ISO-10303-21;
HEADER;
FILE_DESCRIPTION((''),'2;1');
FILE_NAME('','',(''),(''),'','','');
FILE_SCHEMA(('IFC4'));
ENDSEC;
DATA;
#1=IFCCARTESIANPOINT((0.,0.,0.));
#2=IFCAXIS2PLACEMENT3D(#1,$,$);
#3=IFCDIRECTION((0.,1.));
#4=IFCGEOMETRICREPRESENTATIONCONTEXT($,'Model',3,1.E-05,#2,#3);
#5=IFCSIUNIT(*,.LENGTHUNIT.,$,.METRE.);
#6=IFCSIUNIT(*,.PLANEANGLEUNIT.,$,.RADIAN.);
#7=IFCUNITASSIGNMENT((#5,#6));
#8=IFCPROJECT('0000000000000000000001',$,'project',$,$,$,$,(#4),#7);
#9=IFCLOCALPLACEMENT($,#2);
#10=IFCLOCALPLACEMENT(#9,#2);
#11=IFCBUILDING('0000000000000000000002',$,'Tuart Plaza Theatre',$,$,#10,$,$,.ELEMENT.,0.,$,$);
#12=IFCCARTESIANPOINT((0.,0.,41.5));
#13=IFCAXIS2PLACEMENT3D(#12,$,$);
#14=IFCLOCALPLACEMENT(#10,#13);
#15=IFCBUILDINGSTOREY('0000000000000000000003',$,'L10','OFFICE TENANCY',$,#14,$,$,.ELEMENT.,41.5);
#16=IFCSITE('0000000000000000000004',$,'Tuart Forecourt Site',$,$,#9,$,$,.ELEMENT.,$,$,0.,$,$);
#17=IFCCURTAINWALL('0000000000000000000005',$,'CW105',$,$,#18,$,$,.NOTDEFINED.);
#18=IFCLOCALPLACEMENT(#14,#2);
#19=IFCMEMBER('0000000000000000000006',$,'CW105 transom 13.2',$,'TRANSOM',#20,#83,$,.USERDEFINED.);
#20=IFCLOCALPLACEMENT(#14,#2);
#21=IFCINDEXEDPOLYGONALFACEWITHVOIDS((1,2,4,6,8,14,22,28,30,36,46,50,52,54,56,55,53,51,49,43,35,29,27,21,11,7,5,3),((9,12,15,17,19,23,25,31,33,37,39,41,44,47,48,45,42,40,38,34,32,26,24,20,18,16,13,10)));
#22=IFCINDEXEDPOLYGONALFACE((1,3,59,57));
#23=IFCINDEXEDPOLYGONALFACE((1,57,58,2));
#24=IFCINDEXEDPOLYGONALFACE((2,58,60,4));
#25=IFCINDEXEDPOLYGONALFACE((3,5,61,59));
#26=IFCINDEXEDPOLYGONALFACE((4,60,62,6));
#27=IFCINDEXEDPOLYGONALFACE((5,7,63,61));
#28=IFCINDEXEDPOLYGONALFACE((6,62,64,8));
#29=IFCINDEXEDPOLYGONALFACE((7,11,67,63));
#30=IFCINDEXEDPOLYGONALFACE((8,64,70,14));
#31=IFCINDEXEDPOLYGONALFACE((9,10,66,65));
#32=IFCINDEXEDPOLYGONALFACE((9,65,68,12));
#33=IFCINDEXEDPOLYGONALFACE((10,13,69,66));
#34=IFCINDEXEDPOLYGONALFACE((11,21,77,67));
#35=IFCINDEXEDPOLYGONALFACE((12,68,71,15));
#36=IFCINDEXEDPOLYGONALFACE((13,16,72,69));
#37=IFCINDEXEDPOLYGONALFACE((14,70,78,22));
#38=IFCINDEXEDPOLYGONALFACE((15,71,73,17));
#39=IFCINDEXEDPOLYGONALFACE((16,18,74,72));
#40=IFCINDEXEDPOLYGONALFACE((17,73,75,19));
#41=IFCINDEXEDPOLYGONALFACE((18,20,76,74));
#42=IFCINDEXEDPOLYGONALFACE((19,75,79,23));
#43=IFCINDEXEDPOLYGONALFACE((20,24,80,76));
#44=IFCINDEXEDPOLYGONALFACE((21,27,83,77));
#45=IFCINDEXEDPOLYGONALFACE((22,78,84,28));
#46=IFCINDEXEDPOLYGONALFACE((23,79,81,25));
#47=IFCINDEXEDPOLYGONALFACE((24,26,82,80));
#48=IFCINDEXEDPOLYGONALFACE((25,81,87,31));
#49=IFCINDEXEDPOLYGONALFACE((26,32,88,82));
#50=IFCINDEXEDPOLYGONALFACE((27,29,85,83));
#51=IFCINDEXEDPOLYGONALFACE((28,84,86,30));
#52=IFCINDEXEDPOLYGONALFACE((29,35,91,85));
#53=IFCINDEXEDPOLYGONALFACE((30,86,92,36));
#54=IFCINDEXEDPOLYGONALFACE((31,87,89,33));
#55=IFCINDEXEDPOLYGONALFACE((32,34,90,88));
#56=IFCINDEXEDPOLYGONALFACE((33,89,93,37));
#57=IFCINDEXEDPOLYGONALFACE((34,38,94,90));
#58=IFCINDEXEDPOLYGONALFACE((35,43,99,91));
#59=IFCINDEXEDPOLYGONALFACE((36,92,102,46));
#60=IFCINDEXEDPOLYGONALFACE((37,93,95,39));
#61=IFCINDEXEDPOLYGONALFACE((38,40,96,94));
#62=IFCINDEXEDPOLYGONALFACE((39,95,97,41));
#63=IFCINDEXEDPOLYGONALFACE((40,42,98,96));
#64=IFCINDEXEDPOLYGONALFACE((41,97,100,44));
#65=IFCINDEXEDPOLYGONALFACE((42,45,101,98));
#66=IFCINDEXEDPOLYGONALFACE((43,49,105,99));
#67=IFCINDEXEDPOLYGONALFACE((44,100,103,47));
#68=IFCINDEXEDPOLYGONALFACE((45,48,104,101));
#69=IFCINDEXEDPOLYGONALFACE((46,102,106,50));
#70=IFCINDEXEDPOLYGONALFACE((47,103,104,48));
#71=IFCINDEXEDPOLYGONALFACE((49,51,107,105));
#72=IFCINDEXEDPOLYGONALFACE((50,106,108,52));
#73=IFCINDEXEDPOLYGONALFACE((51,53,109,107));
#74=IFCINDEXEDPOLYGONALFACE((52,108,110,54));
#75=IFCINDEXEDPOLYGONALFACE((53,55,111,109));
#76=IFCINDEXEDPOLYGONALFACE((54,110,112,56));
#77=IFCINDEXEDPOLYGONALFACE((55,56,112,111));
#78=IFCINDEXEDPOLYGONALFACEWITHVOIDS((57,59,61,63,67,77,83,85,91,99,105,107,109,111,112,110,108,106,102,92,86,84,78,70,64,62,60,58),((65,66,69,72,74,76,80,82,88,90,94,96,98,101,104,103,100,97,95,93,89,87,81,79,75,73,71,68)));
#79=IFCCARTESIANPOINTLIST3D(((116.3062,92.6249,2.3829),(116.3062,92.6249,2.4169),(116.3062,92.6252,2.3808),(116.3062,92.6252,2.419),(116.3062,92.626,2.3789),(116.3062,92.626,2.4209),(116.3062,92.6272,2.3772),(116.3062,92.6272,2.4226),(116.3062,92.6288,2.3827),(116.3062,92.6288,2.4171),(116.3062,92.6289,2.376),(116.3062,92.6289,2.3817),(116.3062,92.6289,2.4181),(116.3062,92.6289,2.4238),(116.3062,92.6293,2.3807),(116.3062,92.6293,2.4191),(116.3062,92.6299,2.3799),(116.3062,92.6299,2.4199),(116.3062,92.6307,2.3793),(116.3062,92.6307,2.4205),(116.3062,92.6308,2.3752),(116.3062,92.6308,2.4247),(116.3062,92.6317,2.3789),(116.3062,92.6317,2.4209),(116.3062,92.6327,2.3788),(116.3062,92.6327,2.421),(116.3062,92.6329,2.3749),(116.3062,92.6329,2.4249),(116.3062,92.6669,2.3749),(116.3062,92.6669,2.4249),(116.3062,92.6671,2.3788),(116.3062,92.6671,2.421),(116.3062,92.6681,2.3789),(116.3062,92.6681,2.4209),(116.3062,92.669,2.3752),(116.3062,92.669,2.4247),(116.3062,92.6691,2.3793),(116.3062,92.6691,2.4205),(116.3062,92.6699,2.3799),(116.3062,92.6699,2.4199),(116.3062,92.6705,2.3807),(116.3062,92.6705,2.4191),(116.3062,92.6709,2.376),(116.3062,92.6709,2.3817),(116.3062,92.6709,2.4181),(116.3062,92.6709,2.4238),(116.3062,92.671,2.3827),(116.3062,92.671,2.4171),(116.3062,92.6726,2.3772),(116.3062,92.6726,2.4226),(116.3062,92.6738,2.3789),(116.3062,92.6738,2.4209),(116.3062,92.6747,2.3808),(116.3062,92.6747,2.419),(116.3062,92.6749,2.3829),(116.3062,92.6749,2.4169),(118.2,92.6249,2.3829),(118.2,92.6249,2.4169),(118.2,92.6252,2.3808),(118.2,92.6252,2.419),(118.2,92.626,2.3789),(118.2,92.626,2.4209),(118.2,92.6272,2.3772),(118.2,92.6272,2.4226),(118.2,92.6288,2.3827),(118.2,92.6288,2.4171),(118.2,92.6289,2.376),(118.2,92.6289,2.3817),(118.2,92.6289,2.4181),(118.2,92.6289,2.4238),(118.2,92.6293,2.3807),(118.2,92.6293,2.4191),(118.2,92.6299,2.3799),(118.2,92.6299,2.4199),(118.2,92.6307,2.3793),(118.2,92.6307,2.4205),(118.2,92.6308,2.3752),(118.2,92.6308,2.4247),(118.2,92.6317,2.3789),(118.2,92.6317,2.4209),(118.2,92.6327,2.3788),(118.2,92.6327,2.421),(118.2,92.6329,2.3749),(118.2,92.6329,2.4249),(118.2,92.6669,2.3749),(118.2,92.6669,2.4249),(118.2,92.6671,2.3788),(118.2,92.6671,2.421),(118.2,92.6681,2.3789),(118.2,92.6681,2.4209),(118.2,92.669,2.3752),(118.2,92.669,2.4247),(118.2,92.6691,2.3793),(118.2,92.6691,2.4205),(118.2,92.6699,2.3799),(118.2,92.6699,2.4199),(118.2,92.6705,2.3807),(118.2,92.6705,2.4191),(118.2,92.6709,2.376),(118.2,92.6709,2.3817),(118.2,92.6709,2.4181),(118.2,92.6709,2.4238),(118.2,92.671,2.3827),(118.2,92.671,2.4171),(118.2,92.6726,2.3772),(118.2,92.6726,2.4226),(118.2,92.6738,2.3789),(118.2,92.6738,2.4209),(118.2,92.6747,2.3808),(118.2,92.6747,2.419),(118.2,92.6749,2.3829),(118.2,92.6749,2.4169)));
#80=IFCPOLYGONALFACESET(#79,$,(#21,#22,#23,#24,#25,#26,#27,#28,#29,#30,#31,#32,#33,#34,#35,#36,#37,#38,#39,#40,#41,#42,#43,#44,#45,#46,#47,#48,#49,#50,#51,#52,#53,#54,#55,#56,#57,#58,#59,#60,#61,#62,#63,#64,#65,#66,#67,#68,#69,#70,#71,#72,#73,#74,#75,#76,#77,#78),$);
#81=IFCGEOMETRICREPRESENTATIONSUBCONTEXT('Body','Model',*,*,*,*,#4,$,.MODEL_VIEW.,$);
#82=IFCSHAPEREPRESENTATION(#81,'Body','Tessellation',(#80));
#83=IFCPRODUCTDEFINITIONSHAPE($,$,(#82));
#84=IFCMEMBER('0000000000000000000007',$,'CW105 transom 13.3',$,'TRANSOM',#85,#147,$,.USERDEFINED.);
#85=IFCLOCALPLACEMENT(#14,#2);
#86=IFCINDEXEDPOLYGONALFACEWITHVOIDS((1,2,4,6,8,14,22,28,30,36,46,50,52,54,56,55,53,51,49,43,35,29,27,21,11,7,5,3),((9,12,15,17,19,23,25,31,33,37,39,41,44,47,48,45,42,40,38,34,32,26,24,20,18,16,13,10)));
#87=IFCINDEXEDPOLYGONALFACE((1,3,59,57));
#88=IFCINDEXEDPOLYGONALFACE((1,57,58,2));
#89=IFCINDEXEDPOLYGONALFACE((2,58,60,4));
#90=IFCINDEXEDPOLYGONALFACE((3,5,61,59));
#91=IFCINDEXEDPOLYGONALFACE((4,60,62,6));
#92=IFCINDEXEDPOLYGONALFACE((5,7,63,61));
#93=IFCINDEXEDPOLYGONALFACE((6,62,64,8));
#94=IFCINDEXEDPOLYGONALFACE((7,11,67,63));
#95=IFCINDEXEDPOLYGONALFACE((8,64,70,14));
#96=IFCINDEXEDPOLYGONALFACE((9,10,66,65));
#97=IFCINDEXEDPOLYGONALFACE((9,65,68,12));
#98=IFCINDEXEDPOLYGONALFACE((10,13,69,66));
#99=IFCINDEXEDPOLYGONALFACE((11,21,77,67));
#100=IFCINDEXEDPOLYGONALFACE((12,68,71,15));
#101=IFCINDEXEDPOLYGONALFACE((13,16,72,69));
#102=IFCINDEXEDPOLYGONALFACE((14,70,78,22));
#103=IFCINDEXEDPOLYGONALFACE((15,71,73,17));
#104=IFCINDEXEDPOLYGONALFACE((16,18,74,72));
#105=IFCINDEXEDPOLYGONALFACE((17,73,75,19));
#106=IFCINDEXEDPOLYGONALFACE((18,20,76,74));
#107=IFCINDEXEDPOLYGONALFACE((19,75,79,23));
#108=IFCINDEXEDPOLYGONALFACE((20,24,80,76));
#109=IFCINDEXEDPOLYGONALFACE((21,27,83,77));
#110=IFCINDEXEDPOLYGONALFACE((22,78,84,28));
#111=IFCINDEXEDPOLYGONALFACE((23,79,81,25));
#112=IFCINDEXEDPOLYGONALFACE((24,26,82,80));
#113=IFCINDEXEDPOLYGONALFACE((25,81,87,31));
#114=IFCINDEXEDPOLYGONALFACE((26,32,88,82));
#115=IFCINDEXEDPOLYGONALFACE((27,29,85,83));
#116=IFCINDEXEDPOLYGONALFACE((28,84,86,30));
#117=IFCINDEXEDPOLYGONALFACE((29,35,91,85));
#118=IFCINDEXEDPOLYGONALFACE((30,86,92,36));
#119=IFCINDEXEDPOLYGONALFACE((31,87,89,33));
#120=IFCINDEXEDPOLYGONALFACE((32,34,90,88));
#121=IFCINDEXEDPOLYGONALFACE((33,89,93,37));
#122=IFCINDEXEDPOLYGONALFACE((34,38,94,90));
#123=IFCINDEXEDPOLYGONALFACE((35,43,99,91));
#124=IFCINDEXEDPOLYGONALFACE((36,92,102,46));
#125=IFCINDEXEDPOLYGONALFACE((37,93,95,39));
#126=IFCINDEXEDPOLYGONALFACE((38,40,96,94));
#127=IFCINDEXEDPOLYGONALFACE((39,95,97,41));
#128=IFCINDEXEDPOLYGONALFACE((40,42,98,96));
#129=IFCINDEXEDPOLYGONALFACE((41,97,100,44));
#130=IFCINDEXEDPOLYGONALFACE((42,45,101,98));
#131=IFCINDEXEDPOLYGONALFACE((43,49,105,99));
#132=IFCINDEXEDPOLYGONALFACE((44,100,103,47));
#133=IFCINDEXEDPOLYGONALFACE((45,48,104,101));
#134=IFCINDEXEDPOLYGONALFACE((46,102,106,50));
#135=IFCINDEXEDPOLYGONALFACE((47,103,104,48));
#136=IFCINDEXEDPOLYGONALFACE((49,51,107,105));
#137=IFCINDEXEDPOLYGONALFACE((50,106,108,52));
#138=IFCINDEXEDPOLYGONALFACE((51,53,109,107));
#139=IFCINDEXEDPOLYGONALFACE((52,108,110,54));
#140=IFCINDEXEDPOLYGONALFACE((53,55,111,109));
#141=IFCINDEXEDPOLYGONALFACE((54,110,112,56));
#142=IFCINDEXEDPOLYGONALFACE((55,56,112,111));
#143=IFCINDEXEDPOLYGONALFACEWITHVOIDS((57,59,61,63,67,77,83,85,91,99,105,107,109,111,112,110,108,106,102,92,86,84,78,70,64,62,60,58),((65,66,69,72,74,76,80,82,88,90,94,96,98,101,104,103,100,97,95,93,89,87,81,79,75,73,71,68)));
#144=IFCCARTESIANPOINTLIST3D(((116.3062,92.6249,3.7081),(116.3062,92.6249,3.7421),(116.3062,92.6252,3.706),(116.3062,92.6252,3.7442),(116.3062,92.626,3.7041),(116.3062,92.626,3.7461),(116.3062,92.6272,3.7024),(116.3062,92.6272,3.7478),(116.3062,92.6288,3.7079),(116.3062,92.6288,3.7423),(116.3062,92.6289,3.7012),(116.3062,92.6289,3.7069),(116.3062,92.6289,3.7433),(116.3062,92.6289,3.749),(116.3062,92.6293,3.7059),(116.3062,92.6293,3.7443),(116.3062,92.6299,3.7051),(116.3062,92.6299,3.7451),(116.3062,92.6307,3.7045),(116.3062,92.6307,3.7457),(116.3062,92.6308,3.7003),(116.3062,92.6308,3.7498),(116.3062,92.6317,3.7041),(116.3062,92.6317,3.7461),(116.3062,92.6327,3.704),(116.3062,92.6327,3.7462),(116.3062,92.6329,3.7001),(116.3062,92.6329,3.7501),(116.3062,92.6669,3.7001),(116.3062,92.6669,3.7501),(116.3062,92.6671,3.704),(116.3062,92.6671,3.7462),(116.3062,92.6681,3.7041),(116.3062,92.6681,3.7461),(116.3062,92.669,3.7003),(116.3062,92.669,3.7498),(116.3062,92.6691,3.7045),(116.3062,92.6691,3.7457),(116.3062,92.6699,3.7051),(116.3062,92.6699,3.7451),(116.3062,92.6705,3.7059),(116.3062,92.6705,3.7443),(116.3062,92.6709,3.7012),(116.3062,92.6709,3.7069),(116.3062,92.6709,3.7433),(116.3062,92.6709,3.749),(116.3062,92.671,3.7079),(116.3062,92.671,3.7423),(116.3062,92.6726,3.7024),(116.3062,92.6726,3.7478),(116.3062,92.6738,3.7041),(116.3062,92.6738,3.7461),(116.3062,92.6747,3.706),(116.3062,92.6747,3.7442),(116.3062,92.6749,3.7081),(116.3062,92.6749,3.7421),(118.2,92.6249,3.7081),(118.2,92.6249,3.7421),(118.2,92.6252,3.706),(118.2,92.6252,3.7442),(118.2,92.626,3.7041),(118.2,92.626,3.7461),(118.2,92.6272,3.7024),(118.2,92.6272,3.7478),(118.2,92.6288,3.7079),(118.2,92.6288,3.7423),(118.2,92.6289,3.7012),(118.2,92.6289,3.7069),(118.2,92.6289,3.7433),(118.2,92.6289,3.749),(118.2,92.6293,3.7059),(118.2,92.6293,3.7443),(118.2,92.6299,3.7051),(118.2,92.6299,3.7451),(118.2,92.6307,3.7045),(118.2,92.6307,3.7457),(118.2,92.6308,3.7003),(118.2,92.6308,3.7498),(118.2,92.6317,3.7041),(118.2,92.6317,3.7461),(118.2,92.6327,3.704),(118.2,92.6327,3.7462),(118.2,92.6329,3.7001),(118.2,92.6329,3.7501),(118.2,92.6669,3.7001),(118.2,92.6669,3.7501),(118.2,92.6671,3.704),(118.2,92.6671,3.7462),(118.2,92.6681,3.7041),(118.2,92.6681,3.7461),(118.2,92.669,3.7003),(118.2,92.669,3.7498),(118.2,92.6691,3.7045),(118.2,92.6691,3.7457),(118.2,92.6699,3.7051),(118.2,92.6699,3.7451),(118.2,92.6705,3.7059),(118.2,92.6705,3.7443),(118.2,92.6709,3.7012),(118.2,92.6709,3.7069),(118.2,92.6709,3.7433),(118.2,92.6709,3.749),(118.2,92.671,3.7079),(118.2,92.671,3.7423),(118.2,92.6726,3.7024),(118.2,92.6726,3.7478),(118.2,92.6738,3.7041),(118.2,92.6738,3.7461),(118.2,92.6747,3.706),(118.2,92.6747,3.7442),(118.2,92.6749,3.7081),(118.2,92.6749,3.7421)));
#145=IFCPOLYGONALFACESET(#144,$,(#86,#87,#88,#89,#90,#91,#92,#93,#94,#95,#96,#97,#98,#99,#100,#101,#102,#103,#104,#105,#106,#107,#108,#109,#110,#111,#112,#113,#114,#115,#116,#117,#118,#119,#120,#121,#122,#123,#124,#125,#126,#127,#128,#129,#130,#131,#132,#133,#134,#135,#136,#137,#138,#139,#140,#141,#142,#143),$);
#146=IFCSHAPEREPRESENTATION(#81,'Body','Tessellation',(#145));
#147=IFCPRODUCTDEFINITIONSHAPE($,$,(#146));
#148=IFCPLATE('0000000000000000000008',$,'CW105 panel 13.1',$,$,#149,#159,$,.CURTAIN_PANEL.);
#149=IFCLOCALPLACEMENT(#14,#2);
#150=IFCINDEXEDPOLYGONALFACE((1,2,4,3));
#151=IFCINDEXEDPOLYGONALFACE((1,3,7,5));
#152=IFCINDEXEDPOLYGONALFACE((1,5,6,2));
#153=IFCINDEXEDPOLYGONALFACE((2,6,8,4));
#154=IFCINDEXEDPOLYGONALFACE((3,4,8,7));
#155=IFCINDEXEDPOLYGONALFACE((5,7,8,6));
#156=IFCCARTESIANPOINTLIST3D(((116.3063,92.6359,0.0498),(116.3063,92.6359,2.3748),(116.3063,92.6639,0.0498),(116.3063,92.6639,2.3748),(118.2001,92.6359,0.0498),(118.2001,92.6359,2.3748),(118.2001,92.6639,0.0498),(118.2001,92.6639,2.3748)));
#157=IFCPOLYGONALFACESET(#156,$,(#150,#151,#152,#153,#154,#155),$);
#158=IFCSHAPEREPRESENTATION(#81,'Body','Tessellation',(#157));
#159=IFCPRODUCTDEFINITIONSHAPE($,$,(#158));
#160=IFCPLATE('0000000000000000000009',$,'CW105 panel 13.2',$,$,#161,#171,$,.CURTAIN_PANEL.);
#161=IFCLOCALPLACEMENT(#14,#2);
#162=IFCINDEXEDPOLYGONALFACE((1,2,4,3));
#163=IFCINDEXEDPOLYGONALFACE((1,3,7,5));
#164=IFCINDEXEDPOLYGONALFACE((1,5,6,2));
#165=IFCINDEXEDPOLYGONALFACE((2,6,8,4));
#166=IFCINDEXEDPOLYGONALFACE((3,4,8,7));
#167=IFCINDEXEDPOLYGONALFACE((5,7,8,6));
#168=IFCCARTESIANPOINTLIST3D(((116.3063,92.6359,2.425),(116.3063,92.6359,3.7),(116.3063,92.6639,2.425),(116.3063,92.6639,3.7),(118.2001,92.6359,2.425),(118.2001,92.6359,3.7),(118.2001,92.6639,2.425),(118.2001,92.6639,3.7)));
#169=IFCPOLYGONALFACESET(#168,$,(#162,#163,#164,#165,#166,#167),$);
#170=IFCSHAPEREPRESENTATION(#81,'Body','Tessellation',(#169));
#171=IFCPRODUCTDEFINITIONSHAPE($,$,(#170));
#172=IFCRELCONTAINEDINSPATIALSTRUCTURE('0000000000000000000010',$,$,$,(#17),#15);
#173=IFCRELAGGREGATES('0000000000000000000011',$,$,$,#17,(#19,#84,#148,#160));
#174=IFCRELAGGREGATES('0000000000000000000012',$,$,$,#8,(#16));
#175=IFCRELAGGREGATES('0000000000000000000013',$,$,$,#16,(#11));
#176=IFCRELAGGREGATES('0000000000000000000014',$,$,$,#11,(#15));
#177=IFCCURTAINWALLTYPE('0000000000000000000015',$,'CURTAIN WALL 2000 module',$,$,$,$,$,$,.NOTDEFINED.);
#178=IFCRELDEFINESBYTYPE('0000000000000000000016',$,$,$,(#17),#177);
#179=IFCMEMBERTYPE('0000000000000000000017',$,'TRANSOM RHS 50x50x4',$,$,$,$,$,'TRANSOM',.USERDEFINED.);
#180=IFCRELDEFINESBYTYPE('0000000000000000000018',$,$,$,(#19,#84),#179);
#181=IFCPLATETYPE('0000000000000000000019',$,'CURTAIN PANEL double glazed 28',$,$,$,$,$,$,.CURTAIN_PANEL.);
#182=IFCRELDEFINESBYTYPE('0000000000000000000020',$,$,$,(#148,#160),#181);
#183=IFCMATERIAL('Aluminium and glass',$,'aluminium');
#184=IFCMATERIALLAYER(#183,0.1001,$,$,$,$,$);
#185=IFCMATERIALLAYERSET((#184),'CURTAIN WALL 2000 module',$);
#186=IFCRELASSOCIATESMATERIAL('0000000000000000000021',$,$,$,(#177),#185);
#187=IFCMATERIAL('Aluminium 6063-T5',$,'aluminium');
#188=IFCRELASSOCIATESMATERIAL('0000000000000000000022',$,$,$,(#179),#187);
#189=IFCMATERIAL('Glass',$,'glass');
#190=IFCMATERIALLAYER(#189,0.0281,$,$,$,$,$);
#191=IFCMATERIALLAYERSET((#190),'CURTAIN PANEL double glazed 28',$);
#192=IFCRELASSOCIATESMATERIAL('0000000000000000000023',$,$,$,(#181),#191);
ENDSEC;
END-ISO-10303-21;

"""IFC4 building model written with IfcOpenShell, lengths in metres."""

from ifc_helpers import new_model, si_unit, direction, frame, origin, origin_2d, place, context, subcontext, project, spatial, rectangle, hollow_rectangle, extrude, material, layer, layer_set, material_profile, profile_set, type_object, element, aggregate, save


model = new_model("IFC4")

# Units and contexts
model_context = context("Model", 3, precision=1e-05, world=origin(), true_north=direction((0.0, 1.0)))
body_context = subcontext(model_context, "Body", "Model", "MODEL_VIEW")
ifc_project = project(units=[si_unit("LENGTHUNIT", "METRE"), si_unit("PLANEANGLEUNIT", "RADIAN")], contexts=[model_context])

# Site, building, storey
site_placement = place(None, origin())
site = spatial("IfcSite", under=ifc_project, at=site_placement, Name="Tuart Forecourt Site", CompositionType="ELEMENT", RefElevation=0.0)
building_placement = place(site_placement, origin())
building = spatial("IfcBuilding", under=site, at=building_placement, Name="Tuart Plaza Theatre", CompositionType="ELEMENT", ElevationOfRefHeight=0.0)
storey_placement = place(building_placement, frame((0.0, 0.0, 41.5)))
storey = spatial("IfcBuildingStorey", under=building, at=storey_placement, Name="L10", Description="OFFICE TENANCY", CompositionType="ELEMENT", Elevation=41.5)

# Curtain wall, members, plates
ifc_material_1 = material(Name="Aluminium and glass", Category="aluminium")
ifc_layer_1 = layer(ifc_material_1, 0.1001)
ifc_layer_set_1 = layer_set([ifc_layer_1], Name="CURTAIN WALL 2000 module")
curtain_wall_type = type_object("IfcCurtainWallType", Name="CURTAIN WALL 2000 module", PredefinedType="NOTDEFINED", material=ifc_layer_set_1)
curtain_wall_placement = place(storey_placement, origin())
curtain_wall = element("IfcCurtainWall", 1, at=curtain_wall_placement, inside=storey, type_object=curtain_wall_type, Name="CW105", PredefinedType="NOTDEFINED")
ifc_material_2 = material(Name="Aluminium 6063-T5", Category="aluminium")
ifc_material_profile_1 = material_profile(ifc_material_2, hollow_rectangle(XDim=0.05, YDim=0.05, WallThickness=0.0039, InnerFilletRadius=0.0039, OuterFilletRadius=0.0081, at=origin_2d()), Name="RHS 50x50x4")
ifc_profile_set_1 = profile_set([ifc_material_profile_1], Name="Aluminium 6063-T5")
member_type_1 = type_object("IfcMemberType", Name="TRANSOM RHS 50x50x4", ElementType="TRANSOM", PredefinedType="USERDEFINED", material=ifc_profile_set_1)
member_1_placement = place(storey_placement, frame((118.2, 92.6499, 2.3999), z_axis=(-1.0, 0.0, 0.0), x_axis=(0.0, -1.0, 0.0)))
member_1 = element("IfcMember", 2, at=member_1_placement, type_object=member_type_1, Name="CW105 transom 13.2", ObjectType="TRANSOM", PredefinedType="USERDEFINED", context=body_context, shape_type="SweptSolid", body=[
    extrude(hollow_rectangle(XDim=0.05, YDim=0.05, WallThickness=0.0039, InnerFilletRadius=0.0039, OuterFilletRadius=0.0081, at=origin_2d()), origin(), (0.0, 0.0, 1.0), 1.8938),
])
member_2_placement = place(storey_placement, frame((118.2, 92.6499, 3.7251), z_axis=(-1.0, 0.0, 0.0), x_axis=(0.0, -1.0, 0.0)))
member_2 = element("IfcMember", 3, at=member_2_placement, type_object=member_type_1, Name="CW105 transom 13.3", ObjectType="TRANSOM", PredefinedType="USERDEFINED", context=body_context, shape_type="SweptSolid", body=[
    extrude(hollow_rectangle(XDim=0.05, YDim=0.05, WallThickness=0.0039, InnerFilletRadius=0.0039, OuterFilletRadius=0.0081, at=origin_2d()), origin(), (0.0, 0.0, 1.0), 1.8938),
])
ifc_material_3 = material(Name="Glass", Category="glass")
ifc_layer_2 = layer(ifc_material_3, 0.0281)
ifc_layer_set_2 = layer_set([ifc_layer_2], Name="CURTAIN PANEL double glazed 28")
plate_type = type_object("IfcPlateType", Name="CURTAIN PANEL double glazed 28", PredefinedType="CURTAIN_PANEL", material=ifc_layer_set_2)
plate_1_placement = place(storey_placement, frame((117.2532, 92.6499, 0.0498), z_axis=(0.0, 0.0, 1.0), x_axis=(-1.0, 0.0, 0.0)))
plate_1 = element("IfcPlate", 4, at=plate_1_placement, type_object=plate_type, Name="CW105 panel 13.1", PredefinedType="CURTAIN_PANEL", context=body_context, shape_type="SweptSolid", body=[
    extrude(rectangle(XDim=1.8938, YDim=0.0281, at=origin_2d()), origin(), (0.0, 0.0, 1.0), 2.325),
])
plate_2_placement = place(storey_placement, frame((117.2532, 92.6499, 2.425), z_axis=(0.0, 0.0, 1.0), x_axis=(-1.0, 0.0, 0.0)))
plate_2 = element("IfcPlate", 5, at=plate_2_placement, type_object=plate_type, Name="CW105 panel 13.2", PredefinedType="CURTAIN_PANEL", context=body_context, shape_type="SweptSolid", body=[
    extrude(rectangle(XDim=1.8938, YDim=0.0281, at=origin_2d()), origin(), (0.0, 0.0, 1.0), 1.2749),
])
aggregate(curtain_wall, [member_1, member_2, plate_1, plate_2])

save(model, "model.ifc")
